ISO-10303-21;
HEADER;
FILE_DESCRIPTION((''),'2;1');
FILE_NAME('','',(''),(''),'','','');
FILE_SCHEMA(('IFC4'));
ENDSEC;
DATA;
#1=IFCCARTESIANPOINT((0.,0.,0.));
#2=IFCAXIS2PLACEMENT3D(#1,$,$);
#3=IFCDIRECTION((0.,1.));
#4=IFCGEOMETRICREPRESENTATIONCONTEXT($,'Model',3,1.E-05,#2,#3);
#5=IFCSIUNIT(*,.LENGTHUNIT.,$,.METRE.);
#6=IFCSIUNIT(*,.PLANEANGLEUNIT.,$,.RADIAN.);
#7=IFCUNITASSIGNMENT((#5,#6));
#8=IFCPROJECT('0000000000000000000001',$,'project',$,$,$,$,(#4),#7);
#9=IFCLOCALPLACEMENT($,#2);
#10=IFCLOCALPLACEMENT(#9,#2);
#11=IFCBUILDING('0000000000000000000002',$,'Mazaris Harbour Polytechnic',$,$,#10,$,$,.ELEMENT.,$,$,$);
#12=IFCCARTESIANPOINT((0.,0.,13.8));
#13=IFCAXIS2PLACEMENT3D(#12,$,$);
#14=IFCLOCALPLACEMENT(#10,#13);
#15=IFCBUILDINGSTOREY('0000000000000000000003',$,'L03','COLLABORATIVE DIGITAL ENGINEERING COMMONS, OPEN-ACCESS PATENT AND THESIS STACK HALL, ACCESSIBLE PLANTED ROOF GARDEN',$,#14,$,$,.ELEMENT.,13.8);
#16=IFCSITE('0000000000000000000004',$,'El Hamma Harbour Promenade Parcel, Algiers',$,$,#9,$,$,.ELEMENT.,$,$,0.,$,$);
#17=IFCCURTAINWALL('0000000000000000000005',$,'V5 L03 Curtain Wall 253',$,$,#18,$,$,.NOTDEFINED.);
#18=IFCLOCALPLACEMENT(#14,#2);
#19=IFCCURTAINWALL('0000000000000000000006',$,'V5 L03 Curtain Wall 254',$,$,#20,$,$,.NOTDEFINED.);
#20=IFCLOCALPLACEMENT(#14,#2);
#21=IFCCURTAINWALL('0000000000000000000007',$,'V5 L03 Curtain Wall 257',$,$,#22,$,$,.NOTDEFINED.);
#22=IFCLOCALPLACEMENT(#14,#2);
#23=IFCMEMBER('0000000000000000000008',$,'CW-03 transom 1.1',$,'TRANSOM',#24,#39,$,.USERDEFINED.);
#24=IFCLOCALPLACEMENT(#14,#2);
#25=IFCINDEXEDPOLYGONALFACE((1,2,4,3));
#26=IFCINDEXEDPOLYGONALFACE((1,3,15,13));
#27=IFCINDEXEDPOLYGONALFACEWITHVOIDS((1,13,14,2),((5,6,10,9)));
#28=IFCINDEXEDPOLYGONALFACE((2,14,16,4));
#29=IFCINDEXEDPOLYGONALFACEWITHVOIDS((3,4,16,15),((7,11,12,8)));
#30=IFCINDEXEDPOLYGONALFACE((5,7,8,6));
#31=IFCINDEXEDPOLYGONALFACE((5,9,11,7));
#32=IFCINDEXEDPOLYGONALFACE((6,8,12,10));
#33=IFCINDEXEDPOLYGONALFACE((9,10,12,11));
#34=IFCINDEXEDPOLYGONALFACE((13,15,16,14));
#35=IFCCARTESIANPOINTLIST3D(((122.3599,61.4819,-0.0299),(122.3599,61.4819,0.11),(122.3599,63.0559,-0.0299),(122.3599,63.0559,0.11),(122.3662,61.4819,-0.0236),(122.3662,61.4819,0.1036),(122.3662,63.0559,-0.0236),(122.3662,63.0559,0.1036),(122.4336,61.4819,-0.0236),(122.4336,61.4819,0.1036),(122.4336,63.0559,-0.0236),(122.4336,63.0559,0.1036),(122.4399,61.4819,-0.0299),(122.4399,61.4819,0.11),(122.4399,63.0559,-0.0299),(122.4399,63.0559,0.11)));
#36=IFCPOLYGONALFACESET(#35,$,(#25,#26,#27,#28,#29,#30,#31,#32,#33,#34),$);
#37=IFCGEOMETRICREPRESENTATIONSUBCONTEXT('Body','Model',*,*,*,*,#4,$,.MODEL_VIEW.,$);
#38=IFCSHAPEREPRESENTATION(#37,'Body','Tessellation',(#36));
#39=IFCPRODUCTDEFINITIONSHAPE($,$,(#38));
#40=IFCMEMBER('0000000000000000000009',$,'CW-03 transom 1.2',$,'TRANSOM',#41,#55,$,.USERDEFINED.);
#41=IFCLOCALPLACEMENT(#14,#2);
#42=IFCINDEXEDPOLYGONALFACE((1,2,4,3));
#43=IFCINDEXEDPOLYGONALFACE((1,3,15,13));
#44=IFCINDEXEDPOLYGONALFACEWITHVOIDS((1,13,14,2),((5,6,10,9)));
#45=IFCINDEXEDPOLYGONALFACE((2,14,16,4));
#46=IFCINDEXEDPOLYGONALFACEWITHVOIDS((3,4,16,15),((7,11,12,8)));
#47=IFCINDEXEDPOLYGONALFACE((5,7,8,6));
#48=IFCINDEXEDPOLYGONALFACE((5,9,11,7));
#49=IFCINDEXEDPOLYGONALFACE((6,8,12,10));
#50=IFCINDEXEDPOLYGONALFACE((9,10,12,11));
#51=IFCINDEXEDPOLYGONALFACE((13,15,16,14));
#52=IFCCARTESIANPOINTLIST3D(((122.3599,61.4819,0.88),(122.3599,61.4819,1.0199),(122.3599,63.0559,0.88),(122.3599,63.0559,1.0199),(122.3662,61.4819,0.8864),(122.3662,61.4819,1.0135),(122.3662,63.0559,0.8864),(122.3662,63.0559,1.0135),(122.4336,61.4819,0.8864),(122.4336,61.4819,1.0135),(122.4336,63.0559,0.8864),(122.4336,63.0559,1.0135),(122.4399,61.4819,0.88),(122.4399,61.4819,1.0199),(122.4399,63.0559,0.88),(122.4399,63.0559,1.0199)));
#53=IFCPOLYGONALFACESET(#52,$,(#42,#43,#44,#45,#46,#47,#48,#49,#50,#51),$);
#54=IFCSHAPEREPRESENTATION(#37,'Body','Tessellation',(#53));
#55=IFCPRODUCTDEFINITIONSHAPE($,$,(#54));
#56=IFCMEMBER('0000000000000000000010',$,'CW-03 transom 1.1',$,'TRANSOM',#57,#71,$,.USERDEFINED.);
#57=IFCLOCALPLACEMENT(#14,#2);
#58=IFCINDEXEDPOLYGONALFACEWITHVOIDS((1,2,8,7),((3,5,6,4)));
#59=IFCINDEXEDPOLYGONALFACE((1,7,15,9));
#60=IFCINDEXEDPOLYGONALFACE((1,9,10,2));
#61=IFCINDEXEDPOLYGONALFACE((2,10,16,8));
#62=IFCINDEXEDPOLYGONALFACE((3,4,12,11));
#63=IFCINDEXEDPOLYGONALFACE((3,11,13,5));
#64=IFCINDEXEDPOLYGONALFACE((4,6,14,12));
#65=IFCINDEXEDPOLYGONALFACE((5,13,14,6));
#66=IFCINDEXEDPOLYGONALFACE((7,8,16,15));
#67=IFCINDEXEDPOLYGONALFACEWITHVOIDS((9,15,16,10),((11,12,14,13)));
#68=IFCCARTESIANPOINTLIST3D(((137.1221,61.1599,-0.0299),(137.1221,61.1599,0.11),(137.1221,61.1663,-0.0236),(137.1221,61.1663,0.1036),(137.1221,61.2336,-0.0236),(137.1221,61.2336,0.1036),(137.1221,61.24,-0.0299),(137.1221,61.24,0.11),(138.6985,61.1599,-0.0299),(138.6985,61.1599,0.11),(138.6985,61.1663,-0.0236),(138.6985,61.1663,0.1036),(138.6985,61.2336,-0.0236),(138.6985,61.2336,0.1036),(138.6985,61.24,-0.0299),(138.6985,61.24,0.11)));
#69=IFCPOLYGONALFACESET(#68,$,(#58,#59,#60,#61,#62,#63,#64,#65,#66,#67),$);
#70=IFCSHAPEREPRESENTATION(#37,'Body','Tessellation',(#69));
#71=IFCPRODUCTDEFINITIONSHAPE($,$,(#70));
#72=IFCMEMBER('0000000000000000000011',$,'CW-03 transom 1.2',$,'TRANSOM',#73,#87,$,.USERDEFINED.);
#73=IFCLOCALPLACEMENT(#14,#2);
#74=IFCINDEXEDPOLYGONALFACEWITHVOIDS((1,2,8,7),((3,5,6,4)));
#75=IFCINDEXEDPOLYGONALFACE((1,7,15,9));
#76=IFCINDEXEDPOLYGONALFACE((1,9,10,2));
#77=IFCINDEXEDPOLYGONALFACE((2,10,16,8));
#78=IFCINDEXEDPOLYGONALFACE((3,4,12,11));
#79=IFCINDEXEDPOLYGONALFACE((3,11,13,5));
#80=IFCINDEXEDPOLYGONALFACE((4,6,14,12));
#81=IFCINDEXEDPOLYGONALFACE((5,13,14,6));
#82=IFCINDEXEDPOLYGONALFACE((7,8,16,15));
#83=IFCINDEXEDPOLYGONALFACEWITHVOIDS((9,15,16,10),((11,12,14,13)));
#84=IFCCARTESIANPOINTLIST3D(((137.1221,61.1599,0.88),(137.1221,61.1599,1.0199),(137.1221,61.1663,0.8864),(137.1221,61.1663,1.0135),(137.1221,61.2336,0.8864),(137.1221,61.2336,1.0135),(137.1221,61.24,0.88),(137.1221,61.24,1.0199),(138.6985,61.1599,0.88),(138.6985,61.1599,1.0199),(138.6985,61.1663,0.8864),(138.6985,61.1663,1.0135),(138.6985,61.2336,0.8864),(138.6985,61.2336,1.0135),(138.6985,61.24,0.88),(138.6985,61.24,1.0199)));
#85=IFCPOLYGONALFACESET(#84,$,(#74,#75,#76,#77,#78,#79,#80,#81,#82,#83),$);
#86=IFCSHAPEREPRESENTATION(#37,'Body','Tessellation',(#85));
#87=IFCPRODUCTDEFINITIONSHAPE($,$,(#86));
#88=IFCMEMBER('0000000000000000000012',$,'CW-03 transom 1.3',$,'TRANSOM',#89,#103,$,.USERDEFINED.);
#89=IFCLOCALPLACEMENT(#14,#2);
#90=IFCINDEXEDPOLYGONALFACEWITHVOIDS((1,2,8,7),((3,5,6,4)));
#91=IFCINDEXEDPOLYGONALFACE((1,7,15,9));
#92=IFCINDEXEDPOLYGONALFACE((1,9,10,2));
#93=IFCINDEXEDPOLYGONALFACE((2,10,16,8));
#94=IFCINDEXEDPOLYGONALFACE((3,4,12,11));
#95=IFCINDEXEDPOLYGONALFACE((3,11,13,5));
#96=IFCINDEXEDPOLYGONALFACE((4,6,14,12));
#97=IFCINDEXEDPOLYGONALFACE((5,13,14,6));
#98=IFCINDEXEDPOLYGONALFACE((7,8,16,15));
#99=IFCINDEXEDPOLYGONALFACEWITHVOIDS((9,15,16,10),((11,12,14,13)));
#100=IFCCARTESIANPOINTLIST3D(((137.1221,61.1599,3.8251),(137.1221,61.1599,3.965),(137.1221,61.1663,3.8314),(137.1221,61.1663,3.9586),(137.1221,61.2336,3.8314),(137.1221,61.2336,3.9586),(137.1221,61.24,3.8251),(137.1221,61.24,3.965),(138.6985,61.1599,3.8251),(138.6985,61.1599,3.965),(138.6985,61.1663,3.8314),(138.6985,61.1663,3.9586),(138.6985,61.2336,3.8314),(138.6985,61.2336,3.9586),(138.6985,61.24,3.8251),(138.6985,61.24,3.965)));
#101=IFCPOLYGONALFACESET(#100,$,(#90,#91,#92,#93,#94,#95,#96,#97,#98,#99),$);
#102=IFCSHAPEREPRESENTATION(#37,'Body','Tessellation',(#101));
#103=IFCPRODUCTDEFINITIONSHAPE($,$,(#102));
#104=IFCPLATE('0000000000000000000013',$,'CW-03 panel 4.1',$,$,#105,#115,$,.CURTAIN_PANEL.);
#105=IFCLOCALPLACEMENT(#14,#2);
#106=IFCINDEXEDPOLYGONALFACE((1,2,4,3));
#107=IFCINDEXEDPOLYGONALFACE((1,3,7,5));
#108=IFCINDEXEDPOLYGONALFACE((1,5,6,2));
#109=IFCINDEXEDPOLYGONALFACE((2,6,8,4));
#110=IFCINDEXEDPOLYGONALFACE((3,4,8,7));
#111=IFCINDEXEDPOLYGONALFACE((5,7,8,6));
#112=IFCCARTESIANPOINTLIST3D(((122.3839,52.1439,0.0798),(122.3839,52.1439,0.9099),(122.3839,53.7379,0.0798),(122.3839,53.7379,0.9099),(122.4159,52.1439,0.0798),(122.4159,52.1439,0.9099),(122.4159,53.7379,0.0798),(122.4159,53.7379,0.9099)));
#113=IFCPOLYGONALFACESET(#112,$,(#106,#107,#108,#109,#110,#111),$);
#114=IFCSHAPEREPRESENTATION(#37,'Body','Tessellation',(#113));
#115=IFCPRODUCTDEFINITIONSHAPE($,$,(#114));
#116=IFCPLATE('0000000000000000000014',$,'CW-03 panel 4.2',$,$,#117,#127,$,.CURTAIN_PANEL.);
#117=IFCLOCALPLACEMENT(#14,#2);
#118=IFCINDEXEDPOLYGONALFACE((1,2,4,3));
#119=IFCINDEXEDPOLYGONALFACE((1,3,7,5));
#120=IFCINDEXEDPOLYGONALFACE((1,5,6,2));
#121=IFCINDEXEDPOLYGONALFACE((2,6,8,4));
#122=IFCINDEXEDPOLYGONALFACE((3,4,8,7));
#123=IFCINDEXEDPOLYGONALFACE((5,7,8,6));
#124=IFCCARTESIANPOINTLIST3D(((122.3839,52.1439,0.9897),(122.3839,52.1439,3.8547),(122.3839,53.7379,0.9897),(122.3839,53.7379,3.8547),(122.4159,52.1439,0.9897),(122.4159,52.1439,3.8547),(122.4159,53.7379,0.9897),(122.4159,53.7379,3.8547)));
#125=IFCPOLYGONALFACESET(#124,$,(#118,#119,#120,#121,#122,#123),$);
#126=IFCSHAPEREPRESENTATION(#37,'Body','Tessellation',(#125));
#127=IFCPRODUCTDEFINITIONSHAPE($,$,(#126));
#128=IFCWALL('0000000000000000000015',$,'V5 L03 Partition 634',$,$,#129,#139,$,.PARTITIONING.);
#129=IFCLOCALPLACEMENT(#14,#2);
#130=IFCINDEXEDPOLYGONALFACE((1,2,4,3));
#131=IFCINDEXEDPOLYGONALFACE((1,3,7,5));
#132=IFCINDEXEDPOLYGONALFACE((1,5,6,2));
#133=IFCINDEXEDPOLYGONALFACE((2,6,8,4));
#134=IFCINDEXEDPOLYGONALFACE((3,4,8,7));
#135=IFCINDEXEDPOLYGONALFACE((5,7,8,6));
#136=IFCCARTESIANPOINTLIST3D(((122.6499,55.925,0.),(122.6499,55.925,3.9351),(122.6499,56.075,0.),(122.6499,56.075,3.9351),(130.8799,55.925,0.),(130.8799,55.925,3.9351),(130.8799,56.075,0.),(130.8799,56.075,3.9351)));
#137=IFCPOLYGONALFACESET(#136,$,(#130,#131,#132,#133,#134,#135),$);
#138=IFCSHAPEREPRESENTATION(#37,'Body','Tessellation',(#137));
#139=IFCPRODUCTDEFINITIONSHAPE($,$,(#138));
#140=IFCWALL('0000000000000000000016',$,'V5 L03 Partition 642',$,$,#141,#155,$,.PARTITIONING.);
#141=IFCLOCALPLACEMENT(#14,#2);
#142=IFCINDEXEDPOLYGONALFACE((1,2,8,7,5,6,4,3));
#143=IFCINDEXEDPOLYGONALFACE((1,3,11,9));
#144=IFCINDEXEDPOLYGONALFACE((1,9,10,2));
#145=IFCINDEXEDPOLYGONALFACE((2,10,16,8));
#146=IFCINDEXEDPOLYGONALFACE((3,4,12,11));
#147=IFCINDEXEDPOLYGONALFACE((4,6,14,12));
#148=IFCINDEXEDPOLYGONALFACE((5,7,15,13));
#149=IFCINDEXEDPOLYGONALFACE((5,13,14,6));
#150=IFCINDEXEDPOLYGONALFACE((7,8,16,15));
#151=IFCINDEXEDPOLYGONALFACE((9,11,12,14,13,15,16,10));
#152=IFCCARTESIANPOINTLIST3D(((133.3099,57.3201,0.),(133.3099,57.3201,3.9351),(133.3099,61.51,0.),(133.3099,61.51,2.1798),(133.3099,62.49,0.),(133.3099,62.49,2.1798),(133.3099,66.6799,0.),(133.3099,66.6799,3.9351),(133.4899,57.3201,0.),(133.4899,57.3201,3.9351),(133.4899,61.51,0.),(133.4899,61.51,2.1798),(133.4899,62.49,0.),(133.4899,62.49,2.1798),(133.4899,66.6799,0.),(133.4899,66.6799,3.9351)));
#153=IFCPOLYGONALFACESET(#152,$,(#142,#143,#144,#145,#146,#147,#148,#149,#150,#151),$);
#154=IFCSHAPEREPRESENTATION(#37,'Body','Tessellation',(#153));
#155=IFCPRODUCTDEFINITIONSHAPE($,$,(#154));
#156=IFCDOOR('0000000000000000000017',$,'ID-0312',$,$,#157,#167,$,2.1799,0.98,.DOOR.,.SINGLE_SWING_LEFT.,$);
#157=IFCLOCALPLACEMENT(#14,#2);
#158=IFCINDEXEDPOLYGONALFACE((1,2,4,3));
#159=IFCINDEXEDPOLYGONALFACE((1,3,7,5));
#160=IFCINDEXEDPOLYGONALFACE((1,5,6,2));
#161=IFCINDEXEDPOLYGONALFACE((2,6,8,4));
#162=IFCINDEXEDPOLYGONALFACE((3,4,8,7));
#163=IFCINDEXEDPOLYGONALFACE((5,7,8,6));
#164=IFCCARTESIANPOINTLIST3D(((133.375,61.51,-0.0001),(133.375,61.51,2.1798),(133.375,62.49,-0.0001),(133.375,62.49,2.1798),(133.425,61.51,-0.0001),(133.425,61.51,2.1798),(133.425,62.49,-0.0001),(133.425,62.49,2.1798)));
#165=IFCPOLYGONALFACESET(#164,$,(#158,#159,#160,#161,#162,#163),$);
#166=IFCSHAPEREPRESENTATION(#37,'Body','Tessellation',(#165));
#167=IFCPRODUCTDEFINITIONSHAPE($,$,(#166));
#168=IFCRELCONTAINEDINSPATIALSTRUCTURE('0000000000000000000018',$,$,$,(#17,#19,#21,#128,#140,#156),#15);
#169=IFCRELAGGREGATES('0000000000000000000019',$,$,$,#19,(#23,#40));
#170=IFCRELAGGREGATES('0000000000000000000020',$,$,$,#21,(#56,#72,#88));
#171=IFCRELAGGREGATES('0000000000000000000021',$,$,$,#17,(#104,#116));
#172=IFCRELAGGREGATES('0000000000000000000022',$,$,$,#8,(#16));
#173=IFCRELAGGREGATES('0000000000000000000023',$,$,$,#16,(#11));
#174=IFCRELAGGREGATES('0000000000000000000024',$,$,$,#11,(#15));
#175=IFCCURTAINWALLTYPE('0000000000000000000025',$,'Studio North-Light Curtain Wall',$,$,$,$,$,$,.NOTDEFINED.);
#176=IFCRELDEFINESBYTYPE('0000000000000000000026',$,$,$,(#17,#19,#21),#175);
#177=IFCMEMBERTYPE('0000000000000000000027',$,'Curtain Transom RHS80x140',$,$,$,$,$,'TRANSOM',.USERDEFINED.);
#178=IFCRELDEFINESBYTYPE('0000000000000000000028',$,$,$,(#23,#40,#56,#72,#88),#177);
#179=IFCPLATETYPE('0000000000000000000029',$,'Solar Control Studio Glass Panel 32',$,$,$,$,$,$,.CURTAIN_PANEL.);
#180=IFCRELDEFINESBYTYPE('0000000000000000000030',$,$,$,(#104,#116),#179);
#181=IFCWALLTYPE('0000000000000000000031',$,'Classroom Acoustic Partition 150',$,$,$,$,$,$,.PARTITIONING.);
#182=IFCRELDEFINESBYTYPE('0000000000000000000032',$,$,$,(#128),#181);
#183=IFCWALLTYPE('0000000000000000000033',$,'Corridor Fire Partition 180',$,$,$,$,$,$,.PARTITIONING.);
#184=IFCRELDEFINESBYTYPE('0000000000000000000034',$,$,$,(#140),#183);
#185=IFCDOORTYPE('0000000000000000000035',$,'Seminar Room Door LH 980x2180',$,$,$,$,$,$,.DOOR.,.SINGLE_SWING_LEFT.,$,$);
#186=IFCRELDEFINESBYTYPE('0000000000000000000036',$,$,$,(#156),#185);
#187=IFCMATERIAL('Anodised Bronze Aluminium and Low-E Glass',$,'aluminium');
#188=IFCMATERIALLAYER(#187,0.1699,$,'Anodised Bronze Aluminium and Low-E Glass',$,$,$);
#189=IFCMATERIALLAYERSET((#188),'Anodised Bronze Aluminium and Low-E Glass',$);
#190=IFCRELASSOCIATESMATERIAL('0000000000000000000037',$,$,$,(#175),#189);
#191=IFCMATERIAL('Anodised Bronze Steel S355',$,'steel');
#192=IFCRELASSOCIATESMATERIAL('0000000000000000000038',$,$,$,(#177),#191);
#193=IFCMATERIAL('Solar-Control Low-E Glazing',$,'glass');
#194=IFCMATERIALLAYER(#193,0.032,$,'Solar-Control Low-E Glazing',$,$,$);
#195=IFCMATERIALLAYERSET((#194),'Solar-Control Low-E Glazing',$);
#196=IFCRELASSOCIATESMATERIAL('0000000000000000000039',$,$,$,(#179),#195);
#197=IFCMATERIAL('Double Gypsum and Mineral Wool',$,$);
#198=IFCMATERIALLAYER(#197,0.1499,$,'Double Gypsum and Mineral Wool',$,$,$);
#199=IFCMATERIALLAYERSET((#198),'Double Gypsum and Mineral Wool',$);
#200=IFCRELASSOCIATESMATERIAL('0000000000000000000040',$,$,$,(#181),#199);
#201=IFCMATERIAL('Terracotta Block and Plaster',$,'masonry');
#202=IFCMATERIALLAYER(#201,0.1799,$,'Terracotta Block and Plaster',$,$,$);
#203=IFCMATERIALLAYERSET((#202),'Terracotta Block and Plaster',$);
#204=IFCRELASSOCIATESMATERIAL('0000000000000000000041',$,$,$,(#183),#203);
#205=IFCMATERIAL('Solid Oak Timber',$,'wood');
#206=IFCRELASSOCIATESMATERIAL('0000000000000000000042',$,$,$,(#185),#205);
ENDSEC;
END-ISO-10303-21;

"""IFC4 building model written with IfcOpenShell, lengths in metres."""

from ifc_helpers import new_model, si_unit, direction, frame, frame_2d, origin, origin_2d, place, context, subcontext, project, spatial, rectangle, hollow_rectangle, extrude, material, layer, layer_set, material_profile, profile_set, type_object, element, fill, aggregate, save


model = new_model("IFC4")

# Units and contexts
model_context = context("Model", 3, precision=1e-05, world=origin(), true_north=direction((0.0, 1.0)))
body_context = subcontext(model_context, "Body", "Model", "MODEL_VIEW")
ifc_project = project(units=[si_unit("LENGTHUNIT", "METRE"), si_unit("PLANEANGLEUNIT", "RADIAN")], contexts=[model_context])

# Site, building, storey
site_placement = place(None, origin())
site = spatial("IfcSite", under=ifc_project, at=site_placement, Name="El Hamma Harbour Promenade Parcel, Algiers", CompositionType="ELEMENT", RefElevation=0.0)
building_placement = place(site_placement, origin())
building = spatial("IfcBuilding", under=site, at=building_placement, Name="Mazaris Harbour Polytechnic", CompositionType="ELEMENT")
storey_placement = place(building_placement, frame((0.0, 0.0, 13.8)))
storey = spatial("IfcBuildingStorey", under=building, at=storey_placement, Name="L03", Description="COLLABORATIVE DIGITAL ENGINEERING COMMONS, OPEN-ACCESS PATENT AND THESIS STACK HALL, ACCESSIBLE PLANTED ROOF GARDEN", CompositionType="ELEMENT", Elevation=13.8)

# Curtain walls
ifc_material_1 = material(Name="Anodised Bronze Aluminium and Low-E Glass", Category="aluminium")
ifc_layer_1 = layer(ifc_material_1, 0.1699, Name="Anodised Bronze Aluminium and Low-E Glass")
ifc_layer_set_1 = layer_set([ifc_layer_1], Name="Anodised Bronze Aluminium and Low-E Glass")
curtain_wall_type = type_object("IfcCurtainWallType", Name="Studio North-Light Curtain Wall", PredefinedType="NOTDEFINED", material=ifc_layer_set_1)
curtain_wall_1_placement = place(storey_placement, origin())
curtain_wall_1 = element("IfcCurtainWall", 1, at=curtain_wall_1_placement, inside=storey, type_object=curtain_wall_type, Name="V5 L03 Curtain Wall 253", PredefinedType="NOTDEFINED")
curtain_wall_2_placement = place(storey_placement, origin())
curtain_wall_2 = element("IfcCurtainWall", 2, at=curtain_wall_2_placement, inside=storey, type_object=curtain_wall_type, Name="V5 L03 Curtain Wall 254", PredefinedType="NOTDEFINED")
curtain_wall_3_placement = place(storey_placement, origin())
curtain_wall_3 = element("IfcCurtainWall", 3, at=curtain_wall_3_placement, inside=storey, type_object=curtain_wall_type, Name="V5 L03 Curtain Wall 257", PredefinedType="NOTDEFINED")

# Members
ifc_material_2 = material(Name="Anodised Bronze Steel S355", Category="steel")
ifc_material_profile_1 = material_profile(ifc_material_2, hollow_rectangle(XDim=0.0801, YDim=0.1399, WallThickness=0.0063, at=origin_2d()), Name="RHS 80x140x6.3")
ifc_profile_set_1 = profile_set([ifc_material_profile_1], Name="Anodised Bronze Steel S355")
member_type_1 = type_object("IfcMemberType", Name="Curtain Transom RHS80x140", ElementType="TRANSOM", PredefinedType="USERDEFINED", material=ifc_profile_set_1)
member_1_placement = place(storey_placement, frame((122.3999, 61.4819, 0.04), z_axis=(0.0, 1.0, 0.0), x_axis=(-1.0, 0.0, 0.0)))
member_1 = element("IfcMember", 4, at=member_1_placement, type_object=member_type_1, Name="CW-03 transom 1.1", ObjectType="TRANSOM", PredefinedType="USERDEFINED", context=body_context, shape_type="SweptSolid", body=[
    extrude(hollow_rectangle(XDim=0.0801, YDim=0.1399, WallThickness=0.0063, at=origin_2d()), origin(), (0.0, 0.0, 1.0), 1.574),
])
member_2_placement = place(storey_placement, frame((122.3999, 61.4819, 0.95), z_axis=(0.0, 1.0, 0.0), x_axis=(-1.0, 0.0, 0.0)))
member_2 = element("IfcMember", 5, at=member_2_placement, type_object=member_type_1, Name="CW-03 transom 1.2", ObjectType="TRANSOM", PredefinedType="USERDEFINED", context=body_context, shape_type="SweptSolid", body=[
    extrude(hollow_rectangle(XDim=0.0801, YDim=0.1399, WallThickness=0.0063, at=origin_2d()), origin(), (0.0, 0.0, 1.0), 1.574),
])
aggregate(curtain_wall_2, [member_1, member_2])
member_3_placement = place(storey_placement, frame((137.1221, 61.2, 0.04), z_axis=(1.0, 0.0, 0.0), x_axis=(0.0, 1.0, 0.0)))
member_3 = element("IfcMember", 6, at=member_3_placement, type_object=member_type_1, Name="CW-03 transom 1.1", ObjectType="TRANSOM", PredefinedType="USERDEFINED", context=body_context, shape_type="SweptSolid", body=[
    extrude(hollow_rectangle(XDim=0.0801, YDim=0.1399, WallThickness=0.0063, at=origin_2d()), origin(), (0.0, 0.0, 1.0), 1.5764),
])
member_4_placement = place(storey_placement, frame((137.1221, 61.2, 0.95), z_axis=(1.0, 0.0, 0.0), x_axis=(0.0, 1.0, 0.0)))
member_4 = element("IfcMember", 7, at=member_4_placement, type_object=member_type_1, Name="CW-03 transom 1.2", ObjectType="TRANSOM", PredefinedType="USERDEFINED", context=body_context, shape_type="SweptSolid", body=[
    extrude(hollow_rectangle(XDim=0.0801, YDim=0.1399, WallThickness=0.0063, at=origin_2d()), origin(), (0.0, 0.0, 1.0), 1.5764),
])
member_5_placement = place(storey_placement, frame((137.1221, 61.2, 3.895), z_axis=(1.0, 0.0, 0.0), x_axis=(0.0, 1.0, 0.0)))
member_5 = element("IfcMember", 8, at=member_5_placement, type_object=member_type_1, Name="CW-03 transom 1.3", ObjectType="TRANSOM", PredefinedType="USERDEFINED", context=body_context, shape_type="SweptSolid", body=[
    extrude(hollow_rectangle(XDim=0.0801, YDim=0.1399, WallThickness=0.0063, at=origin_2d()), origin(), (0.0, 0.0, 1.0), 1.5764),
])
aggregate(curtain_wall_3, [member_3, member_4, member_5])

# Plates
ifc_material_3 = material(Name="Solar-Control Low-E Glazing", Category="glass")
ifc_layer_2 = layer(ifc_material_3, 0.032, Name="Solar-Control Low-E Glazing")
ifc_layer_set_2 = layer_set([ifc_layer_2], Name="Solar-Control Low-E Glazing")
plate_type = type_object("IfcPlateType", Name="Solar Control Studio Glass Panel 32", PredefinedType="CURTAIN_PANEL", material=ifc_layer_set_2)
plate_1_placement = place(storey_placement, frame((122.3999, 52.9409, 0.0798), z_axis=(0.0, 0.0, 1.0), x_axis=(0.0, 1.0, 0.0)))
plate_1 = element("IfcPlate", 9, at=plate_1_placement, type_object=plate_type, Name="CW-03 panel 4.1", PredefinedType="CURTAIN_PANEL", context=body_context, shape_type="SweptSolid", body=[
    extrude(rectangle(XDim=1.594, YDim=0.032, at=origin_2d()), origin(), (0.0, 0.0, 1.0), 0.8301),
])
plate_2_placement = place(storey_placement, frame((122.3999, 52.9409, 0.9897), z_axis=(0.0, 0.0, 1.0), x_axis=(0.0, 1.0, 0.0)))
plate_2 = element("IfcPlate", 10, at=plate_2_placement, type_object=plate_type, Name="CW-03 panel 4.2", PredefinedType="CURTAIN_PANEL", context=body_context, shape_type="SweptSolid", body=[
    extrude(rectangle(XDim=1.594, YDim=0.032, at=origin_2d()), origin(), (0.0, 0.0, 1.0), 2.865),
])
aggregate(curtain_wall_1, [plate_1, plate_2])

# Wall
ifc_material_4 = material(Name="Double Gypsum and Mineral Wool")
ifc_layer_3 = layer(ifc_material_4, 0.1499, Name="Double Gypsum and Mineral Wool")
ifc_layer_set_3 = layer_set([ifc_layer_3], Name="Double Gypsum and Mineral Wool")
wall_type_1 = type_object("IfcWallType", Name="Classroom Acoustic Partition 150", PredefinedType="PARTITIONING", material=ifc_layer_set_3)
wall_1_placement = place(storey_placement, frame((122.6499, 56.0, 0.0), z_axis=(0.0, 0.0, 1.0), x_axis=(1.0, 0.0, 0.0)))
element("IfcWall", 11, at=wall_1_placement, inside=storey, type_object=wall_type_1, Name="V5 L03 Partition 634", PredefinedType="PARTITIONING", context=body_context, shape_type="SweptSolid", body=[
    extrude(rectangle(XDim=8.23, YDim=0.1499, at=frame_2d((4.115, 0.0))), origin(), (0.0, 0.0, 1.0), 3.9351),
])

# Wall, opening, door
ifc_material_5 = material(Name="Terracotta Block and Plaster", Category="masonry")
ifc_layer_4 = layer(ifc_material_5, 0.1799, Name="Terracotta Block and Plaster")
ifc_layer_set_4 = layer_set([ifc_layer_4], Name="Terracotta Block and Plaster")
wall_type_2 = type_object("IfcWallType", Name="Corridor Fire Partition 180", PredefinedType="PARTITIONING", material=ifc_layer_set_4)
wall_2_placement = place(storey_placement, frame((133.3999, 57.3201, 0.0), z_axis=(0.0, 0.0, 1.0), x_axis=(0.0, 1.0, 0.0)))
wall_2 = element("IfcWall", 12, at=wall_2_placement, inside=storey, type_object=wall_type_2, Name="V5 L03 Partition 642", PredefinedType="PARTITIONING", context=body_context, shape_type="SweptSolid", body=[
    extrude(rectangle(XDim=9.3599, YDim=0.1799, at=frame_2d((4.6799, 0.0))), origin(), (0.0, 0.0, 1.0), 3.9351),
])
opening_1_placement = place(wall_2_placement, frame((4.1899, 0.0, 0.0)))
opening_1 = element("IfcOpeningElement", 13, at=opening_1_placement, cuts=wall_2, PredefinedType="OPENING", context=body_context, shape_type="SweptSolid", body=[
    extrude(rectangle(XDim=0.98, YDim=2.1799, at=frame_2d((0.49, 1.0898))), frame((0.0, 0.0999, 0.0), z_axis=(0.0, -1.0, 0.0), x_axis=(1.0, 0.0, 0.0)), (0.0, 0.0, 1.0), 0.2),
])
ifc_material_6 = material(Name="Solid Oak Timber", Category="wood")
door_type_1 = type_object("IfcDoorType", Name="Seminar Room Door LH 980x2180", OperationType="SINGLE_SWING_LEFT", PredefinedType="DOOR", material=ifc_material_6)
door_1_placement = place(opening_1_placement, origin())
door_1 = element("IfcDoor", 14, at=door_1_placement, inside=storey, type_object=door_type_1, Name="ID-0312", OperationType="SINGLE_SWING_LEFT", OverallHeight=2.1799, OverallWidth=0.98, PredefinedType="DOOR", context=body_context, shape_type="SweptSolid", body=[
    extrude(rectangle(XDim=0.98, YDim=2.1799, at=frame_2d((0.49, 1.0898))), frame((0.0, 0.0249, 0.0), z_axis=(0.0, -1.0, 0.0), x_axis=(1.0, 0.0, 0.0)), (0.0, 0.0, 1.0), 0.05),
])
fill(opening_1, door_1)

save(model, "model.ifc")
